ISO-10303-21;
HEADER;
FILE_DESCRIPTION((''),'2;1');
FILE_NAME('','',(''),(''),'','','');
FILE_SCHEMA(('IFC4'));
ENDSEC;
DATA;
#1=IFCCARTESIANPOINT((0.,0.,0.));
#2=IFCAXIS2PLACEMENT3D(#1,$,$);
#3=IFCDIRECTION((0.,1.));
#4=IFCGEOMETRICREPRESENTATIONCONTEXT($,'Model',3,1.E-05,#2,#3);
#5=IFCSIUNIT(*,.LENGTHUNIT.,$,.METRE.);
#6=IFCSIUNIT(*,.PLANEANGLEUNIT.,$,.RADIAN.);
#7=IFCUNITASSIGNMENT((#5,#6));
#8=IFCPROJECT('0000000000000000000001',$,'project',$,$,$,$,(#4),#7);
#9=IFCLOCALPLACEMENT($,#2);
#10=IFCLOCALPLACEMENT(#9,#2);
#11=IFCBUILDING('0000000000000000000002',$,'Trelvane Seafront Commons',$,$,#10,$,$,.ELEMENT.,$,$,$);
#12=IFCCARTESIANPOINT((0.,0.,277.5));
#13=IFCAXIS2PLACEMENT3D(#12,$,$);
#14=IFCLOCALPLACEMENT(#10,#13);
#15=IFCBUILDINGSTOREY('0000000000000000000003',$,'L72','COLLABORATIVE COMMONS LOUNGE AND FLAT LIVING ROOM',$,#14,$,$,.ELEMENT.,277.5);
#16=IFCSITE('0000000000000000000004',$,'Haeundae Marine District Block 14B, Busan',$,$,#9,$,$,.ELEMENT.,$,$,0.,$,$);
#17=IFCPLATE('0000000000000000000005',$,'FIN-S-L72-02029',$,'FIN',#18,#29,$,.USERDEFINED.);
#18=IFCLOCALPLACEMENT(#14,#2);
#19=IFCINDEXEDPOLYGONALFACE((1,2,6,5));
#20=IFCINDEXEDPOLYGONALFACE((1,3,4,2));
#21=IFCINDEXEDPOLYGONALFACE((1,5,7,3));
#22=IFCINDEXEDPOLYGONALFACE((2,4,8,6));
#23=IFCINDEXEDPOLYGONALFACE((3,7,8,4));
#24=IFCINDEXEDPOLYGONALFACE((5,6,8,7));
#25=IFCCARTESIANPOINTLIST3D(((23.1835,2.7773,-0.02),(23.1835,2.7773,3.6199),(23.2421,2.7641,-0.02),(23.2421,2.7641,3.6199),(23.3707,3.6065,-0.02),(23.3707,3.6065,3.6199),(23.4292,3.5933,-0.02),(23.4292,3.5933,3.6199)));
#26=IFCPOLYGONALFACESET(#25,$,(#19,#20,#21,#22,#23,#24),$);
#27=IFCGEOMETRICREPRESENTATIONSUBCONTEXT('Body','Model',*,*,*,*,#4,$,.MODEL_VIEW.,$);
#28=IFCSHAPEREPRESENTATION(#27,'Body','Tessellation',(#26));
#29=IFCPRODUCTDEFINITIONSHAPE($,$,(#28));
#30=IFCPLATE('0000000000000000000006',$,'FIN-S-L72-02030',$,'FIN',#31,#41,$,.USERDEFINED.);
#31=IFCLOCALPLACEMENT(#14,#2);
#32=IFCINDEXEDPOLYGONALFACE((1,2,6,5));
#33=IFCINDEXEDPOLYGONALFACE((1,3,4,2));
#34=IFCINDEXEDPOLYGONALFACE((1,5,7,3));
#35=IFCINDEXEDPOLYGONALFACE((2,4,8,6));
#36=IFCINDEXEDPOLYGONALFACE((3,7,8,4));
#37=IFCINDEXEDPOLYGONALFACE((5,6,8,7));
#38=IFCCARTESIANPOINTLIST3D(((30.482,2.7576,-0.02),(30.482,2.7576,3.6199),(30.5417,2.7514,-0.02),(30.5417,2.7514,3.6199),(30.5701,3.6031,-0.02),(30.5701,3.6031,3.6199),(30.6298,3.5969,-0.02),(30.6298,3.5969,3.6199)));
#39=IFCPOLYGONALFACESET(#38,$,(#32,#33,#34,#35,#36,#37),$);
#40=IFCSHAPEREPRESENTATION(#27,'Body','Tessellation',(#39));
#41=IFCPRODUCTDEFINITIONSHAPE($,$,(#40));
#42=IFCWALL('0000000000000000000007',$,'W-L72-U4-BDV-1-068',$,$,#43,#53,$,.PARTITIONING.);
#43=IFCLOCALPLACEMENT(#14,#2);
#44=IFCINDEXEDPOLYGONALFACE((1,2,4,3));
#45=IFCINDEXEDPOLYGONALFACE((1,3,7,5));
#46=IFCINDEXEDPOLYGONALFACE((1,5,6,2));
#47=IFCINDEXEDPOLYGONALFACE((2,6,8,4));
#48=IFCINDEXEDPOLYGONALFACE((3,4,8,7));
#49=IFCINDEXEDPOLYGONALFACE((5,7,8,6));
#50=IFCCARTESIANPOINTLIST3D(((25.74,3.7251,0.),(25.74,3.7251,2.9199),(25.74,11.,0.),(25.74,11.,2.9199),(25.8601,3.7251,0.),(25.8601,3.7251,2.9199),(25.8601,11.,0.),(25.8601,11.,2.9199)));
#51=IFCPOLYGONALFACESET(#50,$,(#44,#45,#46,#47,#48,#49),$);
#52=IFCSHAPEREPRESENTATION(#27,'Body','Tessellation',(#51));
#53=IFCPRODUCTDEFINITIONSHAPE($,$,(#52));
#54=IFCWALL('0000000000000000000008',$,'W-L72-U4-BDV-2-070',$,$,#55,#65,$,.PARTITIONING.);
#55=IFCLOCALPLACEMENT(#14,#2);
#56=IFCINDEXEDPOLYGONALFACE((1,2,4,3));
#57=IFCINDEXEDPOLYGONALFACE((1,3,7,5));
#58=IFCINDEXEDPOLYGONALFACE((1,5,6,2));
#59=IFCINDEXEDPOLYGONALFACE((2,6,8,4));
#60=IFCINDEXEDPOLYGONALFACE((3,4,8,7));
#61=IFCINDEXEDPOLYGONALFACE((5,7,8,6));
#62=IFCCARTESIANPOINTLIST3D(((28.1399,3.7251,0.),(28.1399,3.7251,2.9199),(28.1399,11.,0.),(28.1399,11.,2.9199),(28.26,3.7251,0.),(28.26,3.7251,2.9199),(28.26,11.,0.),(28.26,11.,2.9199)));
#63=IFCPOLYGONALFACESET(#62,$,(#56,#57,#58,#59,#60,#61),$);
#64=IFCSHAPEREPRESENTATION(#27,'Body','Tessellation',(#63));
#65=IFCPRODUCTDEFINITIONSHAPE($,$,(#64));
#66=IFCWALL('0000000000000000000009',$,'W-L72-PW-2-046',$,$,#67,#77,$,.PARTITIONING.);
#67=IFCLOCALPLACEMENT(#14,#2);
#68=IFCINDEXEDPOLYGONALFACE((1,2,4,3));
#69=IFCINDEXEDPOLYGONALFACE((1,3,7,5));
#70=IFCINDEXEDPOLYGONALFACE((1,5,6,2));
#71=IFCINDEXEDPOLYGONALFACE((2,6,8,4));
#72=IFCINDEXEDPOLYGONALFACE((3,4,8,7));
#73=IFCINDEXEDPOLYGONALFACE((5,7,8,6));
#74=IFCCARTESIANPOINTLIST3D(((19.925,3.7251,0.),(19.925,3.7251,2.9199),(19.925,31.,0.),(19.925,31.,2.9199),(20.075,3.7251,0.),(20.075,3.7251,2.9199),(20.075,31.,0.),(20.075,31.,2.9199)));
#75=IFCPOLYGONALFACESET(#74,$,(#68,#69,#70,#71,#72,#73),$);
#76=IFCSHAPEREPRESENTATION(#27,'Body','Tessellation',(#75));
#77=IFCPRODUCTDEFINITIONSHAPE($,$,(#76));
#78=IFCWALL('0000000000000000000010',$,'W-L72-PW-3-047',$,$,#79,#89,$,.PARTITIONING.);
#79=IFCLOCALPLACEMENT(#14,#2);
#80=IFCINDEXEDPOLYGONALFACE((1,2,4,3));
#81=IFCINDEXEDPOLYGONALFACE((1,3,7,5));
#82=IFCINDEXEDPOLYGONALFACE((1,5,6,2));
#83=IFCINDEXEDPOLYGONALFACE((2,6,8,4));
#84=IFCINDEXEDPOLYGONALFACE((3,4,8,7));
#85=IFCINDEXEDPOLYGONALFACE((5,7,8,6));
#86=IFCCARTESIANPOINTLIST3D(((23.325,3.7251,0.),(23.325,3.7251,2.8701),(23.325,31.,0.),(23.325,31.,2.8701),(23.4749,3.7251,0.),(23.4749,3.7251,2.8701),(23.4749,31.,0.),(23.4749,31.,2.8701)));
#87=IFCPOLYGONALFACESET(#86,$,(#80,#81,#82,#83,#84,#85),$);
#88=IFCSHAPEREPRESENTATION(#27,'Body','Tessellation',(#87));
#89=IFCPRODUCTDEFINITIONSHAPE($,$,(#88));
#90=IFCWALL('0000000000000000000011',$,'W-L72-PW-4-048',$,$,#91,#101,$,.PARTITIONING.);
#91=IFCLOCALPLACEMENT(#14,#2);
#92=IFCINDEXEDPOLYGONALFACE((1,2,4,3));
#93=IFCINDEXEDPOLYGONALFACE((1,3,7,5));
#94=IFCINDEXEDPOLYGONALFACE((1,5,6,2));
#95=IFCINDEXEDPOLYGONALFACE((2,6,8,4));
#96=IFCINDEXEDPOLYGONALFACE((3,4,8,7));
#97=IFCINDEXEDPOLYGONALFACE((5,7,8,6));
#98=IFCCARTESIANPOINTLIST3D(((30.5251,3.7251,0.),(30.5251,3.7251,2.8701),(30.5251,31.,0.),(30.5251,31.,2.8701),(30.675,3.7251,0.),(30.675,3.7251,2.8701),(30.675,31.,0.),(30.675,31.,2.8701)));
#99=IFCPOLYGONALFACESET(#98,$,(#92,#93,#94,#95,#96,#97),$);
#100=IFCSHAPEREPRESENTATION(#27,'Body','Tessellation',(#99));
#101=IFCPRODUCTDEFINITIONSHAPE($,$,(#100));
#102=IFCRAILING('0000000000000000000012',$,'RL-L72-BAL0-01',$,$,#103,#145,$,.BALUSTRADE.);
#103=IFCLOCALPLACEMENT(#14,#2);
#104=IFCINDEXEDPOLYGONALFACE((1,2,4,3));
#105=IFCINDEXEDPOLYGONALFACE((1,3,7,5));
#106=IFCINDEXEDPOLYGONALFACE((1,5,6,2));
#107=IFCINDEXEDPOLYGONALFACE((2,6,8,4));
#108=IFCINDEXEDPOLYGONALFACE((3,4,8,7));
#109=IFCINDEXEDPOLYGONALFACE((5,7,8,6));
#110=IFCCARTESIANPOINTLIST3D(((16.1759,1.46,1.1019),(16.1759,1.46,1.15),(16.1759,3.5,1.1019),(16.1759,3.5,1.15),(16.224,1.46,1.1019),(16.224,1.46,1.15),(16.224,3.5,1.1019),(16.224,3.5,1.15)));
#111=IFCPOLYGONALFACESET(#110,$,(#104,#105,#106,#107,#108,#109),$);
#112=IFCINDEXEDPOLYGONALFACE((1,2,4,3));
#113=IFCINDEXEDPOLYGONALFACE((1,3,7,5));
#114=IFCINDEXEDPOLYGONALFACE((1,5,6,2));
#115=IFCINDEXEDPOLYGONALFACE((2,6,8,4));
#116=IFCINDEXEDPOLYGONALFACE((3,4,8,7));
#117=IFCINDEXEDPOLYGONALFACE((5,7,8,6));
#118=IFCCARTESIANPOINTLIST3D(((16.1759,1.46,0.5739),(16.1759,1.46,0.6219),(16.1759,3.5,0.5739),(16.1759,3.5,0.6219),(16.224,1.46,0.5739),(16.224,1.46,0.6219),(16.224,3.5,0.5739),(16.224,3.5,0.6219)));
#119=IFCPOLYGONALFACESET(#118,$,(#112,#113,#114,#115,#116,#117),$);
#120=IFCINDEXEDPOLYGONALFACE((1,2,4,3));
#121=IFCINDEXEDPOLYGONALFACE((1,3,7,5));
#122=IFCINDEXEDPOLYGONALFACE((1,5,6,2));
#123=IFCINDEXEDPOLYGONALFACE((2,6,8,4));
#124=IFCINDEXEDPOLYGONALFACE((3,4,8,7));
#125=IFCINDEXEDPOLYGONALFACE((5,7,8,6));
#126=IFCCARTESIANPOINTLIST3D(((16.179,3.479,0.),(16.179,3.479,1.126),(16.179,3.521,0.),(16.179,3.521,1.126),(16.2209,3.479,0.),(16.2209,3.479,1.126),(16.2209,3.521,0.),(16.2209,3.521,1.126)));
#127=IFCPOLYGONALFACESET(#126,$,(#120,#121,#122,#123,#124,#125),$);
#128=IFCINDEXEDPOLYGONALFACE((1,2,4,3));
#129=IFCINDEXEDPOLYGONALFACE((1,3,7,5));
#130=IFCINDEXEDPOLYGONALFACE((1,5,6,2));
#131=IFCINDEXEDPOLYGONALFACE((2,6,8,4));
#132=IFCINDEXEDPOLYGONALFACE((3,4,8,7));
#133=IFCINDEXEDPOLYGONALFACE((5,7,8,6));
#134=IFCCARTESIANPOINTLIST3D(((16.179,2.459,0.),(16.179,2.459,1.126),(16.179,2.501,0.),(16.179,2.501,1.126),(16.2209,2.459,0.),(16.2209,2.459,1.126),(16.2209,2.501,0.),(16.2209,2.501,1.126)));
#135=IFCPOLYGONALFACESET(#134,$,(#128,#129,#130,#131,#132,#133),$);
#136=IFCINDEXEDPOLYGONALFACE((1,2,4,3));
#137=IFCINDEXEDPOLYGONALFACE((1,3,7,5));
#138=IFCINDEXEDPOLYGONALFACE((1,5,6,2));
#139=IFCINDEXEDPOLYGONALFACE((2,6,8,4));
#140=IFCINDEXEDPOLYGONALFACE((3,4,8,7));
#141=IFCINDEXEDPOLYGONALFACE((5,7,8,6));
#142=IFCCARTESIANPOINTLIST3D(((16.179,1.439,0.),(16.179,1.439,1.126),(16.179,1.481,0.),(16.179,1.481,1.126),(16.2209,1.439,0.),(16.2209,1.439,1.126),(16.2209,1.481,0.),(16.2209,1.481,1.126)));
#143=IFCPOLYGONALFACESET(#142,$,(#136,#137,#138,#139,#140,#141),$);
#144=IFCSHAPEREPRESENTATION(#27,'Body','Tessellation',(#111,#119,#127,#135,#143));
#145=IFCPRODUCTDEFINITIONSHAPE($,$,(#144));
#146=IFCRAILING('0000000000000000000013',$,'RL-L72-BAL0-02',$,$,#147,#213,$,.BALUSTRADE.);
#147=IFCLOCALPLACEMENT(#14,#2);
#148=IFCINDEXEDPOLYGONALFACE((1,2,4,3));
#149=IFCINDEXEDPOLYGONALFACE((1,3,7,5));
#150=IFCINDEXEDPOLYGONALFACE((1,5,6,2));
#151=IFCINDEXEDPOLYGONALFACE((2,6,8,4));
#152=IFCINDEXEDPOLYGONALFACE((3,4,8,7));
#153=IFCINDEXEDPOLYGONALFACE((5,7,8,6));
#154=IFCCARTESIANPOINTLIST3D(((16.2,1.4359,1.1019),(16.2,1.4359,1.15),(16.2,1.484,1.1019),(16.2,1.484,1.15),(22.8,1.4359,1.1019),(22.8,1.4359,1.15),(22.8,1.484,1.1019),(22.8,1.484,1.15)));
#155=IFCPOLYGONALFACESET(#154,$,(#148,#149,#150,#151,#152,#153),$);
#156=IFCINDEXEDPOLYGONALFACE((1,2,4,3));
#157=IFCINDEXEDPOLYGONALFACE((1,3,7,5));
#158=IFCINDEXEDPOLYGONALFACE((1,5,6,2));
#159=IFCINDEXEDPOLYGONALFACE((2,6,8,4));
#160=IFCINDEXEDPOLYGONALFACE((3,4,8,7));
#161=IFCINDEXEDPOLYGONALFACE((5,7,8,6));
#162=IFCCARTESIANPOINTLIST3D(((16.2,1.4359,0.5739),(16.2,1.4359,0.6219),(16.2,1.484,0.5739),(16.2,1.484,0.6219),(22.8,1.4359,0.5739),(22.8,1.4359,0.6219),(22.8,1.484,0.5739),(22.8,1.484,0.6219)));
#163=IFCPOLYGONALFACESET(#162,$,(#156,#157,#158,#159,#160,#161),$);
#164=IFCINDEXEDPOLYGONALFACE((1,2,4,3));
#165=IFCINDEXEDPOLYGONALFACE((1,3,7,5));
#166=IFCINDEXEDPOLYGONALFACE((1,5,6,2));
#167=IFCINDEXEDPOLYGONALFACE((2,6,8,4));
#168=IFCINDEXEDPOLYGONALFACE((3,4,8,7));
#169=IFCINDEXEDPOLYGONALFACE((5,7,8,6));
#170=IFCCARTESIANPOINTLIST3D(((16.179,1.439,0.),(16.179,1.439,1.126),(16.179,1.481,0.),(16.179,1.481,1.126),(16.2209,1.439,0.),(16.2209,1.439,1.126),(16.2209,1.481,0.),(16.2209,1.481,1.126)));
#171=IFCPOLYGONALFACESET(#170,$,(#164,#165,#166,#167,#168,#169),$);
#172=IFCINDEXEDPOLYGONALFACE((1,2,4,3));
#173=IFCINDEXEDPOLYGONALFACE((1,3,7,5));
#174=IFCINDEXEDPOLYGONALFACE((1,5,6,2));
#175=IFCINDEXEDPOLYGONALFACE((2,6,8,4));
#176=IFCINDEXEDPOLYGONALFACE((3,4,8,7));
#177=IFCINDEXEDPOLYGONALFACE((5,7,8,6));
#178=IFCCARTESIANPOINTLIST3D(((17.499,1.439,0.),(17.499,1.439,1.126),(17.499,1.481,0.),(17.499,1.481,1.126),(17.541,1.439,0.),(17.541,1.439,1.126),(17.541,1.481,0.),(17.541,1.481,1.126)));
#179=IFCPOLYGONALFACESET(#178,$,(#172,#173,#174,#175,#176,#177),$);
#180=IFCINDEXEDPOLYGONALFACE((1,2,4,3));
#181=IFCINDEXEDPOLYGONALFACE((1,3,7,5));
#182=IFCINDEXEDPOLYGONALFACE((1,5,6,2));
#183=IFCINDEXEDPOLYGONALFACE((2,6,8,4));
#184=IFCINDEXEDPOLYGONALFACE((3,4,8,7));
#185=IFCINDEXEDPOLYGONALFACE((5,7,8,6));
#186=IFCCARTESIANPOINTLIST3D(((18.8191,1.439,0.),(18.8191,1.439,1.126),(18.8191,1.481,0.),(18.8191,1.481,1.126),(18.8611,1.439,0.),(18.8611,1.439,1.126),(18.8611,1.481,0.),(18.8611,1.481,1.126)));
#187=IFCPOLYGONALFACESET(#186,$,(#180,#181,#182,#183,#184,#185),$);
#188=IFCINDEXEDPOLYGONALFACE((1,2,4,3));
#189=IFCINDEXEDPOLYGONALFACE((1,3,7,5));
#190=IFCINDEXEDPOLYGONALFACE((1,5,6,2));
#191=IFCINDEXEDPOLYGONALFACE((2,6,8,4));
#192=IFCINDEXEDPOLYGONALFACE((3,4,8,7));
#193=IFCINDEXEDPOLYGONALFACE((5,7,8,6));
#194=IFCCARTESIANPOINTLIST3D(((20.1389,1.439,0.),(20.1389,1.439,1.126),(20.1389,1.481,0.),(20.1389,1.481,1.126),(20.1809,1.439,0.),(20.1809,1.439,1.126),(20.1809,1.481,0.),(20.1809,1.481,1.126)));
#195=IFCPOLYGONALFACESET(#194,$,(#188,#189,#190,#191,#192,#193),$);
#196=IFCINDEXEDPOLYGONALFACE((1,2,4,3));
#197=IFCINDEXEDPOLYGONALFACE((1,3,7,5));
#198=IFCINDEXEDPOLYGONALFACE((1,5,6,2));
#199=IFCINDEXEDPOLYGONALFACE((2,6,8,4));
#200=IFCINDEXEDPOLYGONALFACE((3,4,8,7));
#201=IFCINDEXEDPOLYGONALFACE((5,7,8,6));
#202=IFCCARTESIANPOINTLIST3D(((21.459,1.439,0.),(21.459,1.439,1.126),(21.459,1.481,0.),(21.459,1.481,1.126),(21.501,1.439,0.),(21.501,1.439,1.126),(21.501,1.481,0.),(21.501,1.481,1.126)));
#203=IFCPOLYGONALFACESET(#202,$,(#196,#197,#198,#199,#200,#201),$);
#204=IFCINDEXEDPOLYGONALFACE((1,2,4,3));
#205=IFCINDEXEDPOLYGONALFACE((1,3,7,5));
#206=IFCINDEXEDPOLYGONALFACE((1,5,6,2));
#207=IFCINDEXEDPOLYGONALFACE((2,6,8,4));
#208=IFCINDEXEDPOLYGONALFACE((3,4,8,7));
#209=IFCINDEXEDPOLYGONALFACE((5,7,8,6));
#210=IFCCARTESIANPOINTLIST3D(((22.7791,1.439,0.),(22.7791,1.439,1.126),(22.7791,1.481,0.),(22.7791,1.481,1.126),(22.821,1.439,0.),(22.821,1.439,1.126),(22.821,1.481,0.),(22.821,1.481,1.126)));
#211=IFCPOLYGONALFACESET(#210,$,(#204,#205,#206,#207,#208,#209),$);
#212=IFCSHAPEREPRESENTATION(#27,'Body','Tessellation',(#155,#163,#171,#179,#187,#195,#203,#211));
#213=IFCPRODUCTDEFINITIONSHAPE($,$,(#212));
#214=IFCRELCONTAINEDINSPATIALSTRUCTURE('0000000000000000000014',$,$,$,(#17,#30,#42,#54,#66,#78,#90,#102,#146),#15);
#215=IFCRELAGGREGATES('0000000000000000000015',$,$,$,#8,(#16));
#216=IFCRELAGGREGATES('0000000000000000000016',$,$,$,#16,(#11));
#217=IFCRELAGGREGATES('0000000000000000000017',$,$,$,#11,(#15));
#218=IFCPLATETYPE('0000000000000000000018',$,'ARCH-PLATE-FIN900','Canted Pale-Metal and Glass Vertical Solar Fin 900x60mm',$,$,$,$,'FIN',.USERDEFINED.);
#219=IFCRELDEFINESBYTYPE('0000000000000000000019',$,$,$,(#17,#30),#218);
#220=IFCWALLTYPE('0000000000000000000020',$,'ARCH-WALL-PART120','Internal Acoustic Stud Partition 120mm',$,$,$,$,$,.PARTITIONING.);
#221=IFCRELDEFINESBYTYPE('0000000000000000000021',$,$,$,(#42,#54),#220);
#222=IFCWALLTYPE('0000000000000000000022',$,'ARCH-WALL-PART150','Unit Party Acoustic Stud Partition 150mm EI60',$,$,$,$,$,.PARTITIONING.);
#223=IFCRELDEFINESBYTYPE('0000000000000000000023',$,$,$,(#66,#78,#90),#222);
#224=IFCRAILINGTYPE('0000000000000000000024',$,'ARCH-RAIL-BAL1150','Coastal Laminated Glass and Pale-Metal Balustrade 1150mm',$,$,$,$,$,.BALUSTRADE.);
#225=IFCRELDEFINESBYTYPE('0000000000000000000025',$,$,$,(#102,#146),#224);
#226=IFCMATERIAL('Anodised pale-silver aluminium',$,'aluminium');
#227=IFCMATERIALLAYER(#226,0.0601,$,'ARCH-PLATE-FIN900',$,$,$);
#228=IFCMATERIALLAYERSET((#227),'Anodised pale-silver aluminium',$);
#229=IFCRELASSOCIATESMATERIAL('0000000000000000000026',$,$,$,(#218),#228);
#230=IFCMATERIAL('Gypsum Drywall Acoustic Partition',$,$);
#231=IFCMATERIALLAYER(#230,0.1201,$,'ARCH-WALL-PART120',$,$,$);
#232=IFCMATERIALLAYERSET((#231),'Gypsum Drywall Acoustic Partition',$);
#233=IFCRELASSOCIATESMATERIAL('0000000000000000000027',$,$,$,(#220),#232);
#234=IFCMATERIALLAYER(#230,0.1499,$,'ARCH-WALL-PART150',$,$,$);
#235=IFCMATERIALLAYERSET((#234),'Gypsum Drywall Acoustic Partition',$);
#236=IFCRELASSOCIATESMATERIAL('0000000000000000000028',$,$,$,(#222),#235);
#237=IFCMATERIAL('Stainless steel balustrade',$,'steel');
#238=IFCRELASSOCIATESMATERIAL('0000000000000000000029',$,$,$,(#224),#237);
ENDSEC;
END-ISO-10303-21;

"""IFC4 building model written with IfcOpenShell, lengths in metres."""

from ifc_helpers import new_model, si_unit, direction, frame, frame_2d, origin, origin_2d, place, context, subcontext, project, spatial, rectangle, extrude, source, transform, mapped, material, layer, layer_set, type_object, element, save


model = new_model("IFC4")

# Units and contexts
model_context = context("Model", 3, precision=1e-05, world=origin(), true_north=direction((0.0, 1.0)))
body_context = subcontext(model_context, "Body", "Model", "MODEL_VIEW")
ifc_project = project(units=[si_unit("LENGTHUNIT", "METRE"), si_unit("PLANEANGLEUNIT", "RADIAN")], contexts=[model_context])

# Site, building, storey
site_placement = place(None, origin())
site = spatial("IfcSite", under=ifc_project, at=site_placement, Name="Haeundae Marine District Block 14B, Busan", CompositionType="ELEMENT", RefElevation=0.0)
building_placement = place(site_placement, origin())
building = spatial("IfcBuilding", under=site, at=building_placement, Name="Trelvane Seafront Commons", CompositionType="ELEMENT")
storey_placement = place(building_placement, frame((0.0, 0.0, 277.5)))
storey = spatial("IfcBuildingStorey", under=building, at=storey_placement, Name="L72", Description="COLLABORATIVE COMMONS LOUNGE AND FLAT LIVING ROOM", CompositionType="ELEMENT", Elevation=277.5)

# Plates
ifc_material_1 = material(Name="Anodised pale-silver aluminium", Category="aluminium")
ifc_layer_1 = layer(ifc_material_1, 0.0601, Name="ARCH-PLATE-FIN900")
ifc_layer_set_1 = layer_set([ifc_layer_1], Name="Anodised pale-silver aluminium")
plate_type_1 = type_object("IfcPlateType", Name="ARCH-PLATE-FIN900", Description="Canted Pale-Metal and Glass Vertical Solar Fin 900x60mm", ElementType="FIN", PredefinedType="USERDEFINED", material=ifc_layer_set_1)
shared_shape_1 = source(origin(), body_context, "Body", "SweptSolid", [
    extrude(rectangle(XDim=0.8501, YDim=0.0601, at=origin_2d()), origin(), (0.0, 0.0, 1.0), 3.6399),
])
for number, where, z_axis, x_axis, name in (
    (1, (23.3064, 3.1853, -0.02), (0.0, 0.0, 1.0), (-0.220105, -0.975476, 0.0), "FIN-S-L72-02029"),
    (2, (30.5559, 3.1772, -0.02), (0.0, 0.0, 1.0), (-0.10365, -0.994614, 0.0), "FIN-S-L72-02030"),
):
    element("IfcPlate", number, at=place(storey_placement, frame(where, z_axis=z_axis, x_axis=x_axis)), inside=storey, type_object=plate_type_1, Name=name, ObjectType="FIN", PredefinedType="USERDEFINED", context=body_context, shape_type="MappedRepresentation", body=[
        mapped(shared_shape_1, transform((0.0, 0.0, 0.0), x_axis=(1.0, 0.0, 0.0), y_axis=(0.0, 1.0, 0.0), z_axis=(0.0, 0.0, 1.0), scale=1.0)),
    ])

# Shared definitions
ifc_material_2 = material(Name="Gypsum Drywall Acoustic Partition")
ifc_layer_2 = layer(ifc_material_2, 0.1201, Name="ARCH-WALL-PART120")
ifc_layer_set_2 = layer_set([ifc_layer_2], Name="Gypsum Drywall Acoustic Partition")
wall_type_1 = type_object("IfcWallType", Name="ARCH-WALL-PART120", Description="Internal Acoustic Stud Partition 120mm", PredefinedType="PARTITIONING", material=ifc_layer_set_2)

# Wall
wall_1_placement = place(storey_placement, frame((25.8, 3.7251, 0.0), z_axis=(0.0, 0.0, 1.0), x_axis=(0.0, 1.0, 0.0)))
element("IfcWall", 3, at=wall_1_placement, inside=storey, type_object=wall_type_1, Name="W-L72-U4-BDV-1-068", PredefinedType="PARTITIONING", context=body_context, shape_type="SweptSolid", body=[
    extrude(rectangle(XDim=7.2749, YDim=0.1201, at=frame_2d((3.6375, 0.0))), origin(), (0.0, 0.0, 1.0), 2.9199),
])

# Walls
wall_2_placement = place(storey_placement, frame((28.2, 3.7251, 0.0), z_axis=(0.0, 0.0, 1.0), x_axis=(0.0, 1.0, 0.0)))
element("IfcWall", 4, at=wall_2_placement, inside=storey, type_object=wall_type_1, Name="W-L72-U4-BDV-2-070", PredefinedType="PARTITIONING", context=body_context, shape_type="SweptSolid", body=[
    extrude(rectangle(XDim=7.2749, YDim=0.1201, at=frame_2d((3.6375, 0.0))), origin(), (0.0, 0.0, 1.0), 2.9199),
])
ifc_layer_3 = layer(ifc_material_2, 0.1499, Name="ARCH-WALL-PART150")
ifc_layer_set_3 = layer_set([ifc_layer_3], Name="Gypsum Drywall Acoustic Partition")
wall_type_2 = type_object("IfcWallType", Name="ARCH-WALL-PART150", Description="Unit Party Acoustic Stud Partition 150mm EI60", PredefinedType="PARTITIONING", material=ifc_layer_set_3)
wall_3_placement = place(storey_placement, frame((20.0, 3.7251, 0.0), z_axis=(0.0, 0.0, 1.0), x_axis=(0.0, 1.0, 0.0)))
element("IfcWall", 5, at=wall_3_placement, inside=storey, type_object=wall_type_2, Name="W-L72-PW-2-046", PredefinedType="PARTITIONING", context=body_context, shape_type="SweptSolid", body=[
    extrude(rectangle(XDim=27.2749, YDim=0.1499, at=frame_2d((13.6375, 0.0))), origin(), (0.0, 0.0, 1.0), 2.9199),
])
for number, where, z_axis, x_axis, name in (
    (6, (23.3999, 3.7251, 0.0), (0.0, 0.0, 1.0), (0.0, 1.0, 0.0), "W-L72-PW-3-047"),
    (7, (30.6001, 3.7251, 0.0), (0.0, 0.0, 1.0), (0.0, 1.0, 0.0), "W-L72-PW-4-048"),
):
    element("IfcWall", number, at=place(storey_placement, frame(where, z_axis=z_axis, x_axis=x_axis)), inside=storey, type_object=wall_type_2, Name=name, PredefinedType="PARTITIONING", context=body_context, shape_type="SweptSolid", body=[
        extrude(rectangle(XDim=27.2749, YDim=0.1499, at=frame_2d((13.6375, 0.0))), origin(), (0.0, 0.0, 1.0), 2.8701),
    ])

# Railings
ifc_material_3 = material(Name="Stainless steel balustrade", Category="steel")
railing_type = type_object("IfcRailingType", Name="ARCH-RAIL-BAL1150", Description="Coastal Laminated Glass and Pale-Metal Balustrade 1150mm", PredefinedType="BALUSTRADE", material=ifc_material_3)
railing_1_placement = place(storey_placement, frame((16.2, 3.5, 0.0)))
element("IfcRailing", 8, at=railing_1_placement, inside=storey, type_object=railing_type, Name="RL-L72-BAL0-01", PredefinedType="BALUSTRADE", context=body_context, shape_type="SweptSolid", body=[
    extrude(rectangle(XDim=0.0481, YDim=0.0481, at=origin_2d()), frame((0.0, 0.0, 1.126), z_axis=(0.0, -1.0, 0.0), x_axis=(1.0, 0.0, 0.0)), (0.0, 0.0, 1.0), 2.04),
    extrude(rectangle(XDim=0.0481, YDim=0.0481, at=origin_2d()), frame((0.0, 0.0, 0.5979), z_axis=(0.0, -1.0, 0.0), x_axis=(1.0, 0.0, 0.0)), (0.0, 0.0, 1.0), 2.04),
    extrude(rectangle(XDim=0.042, YDim=0.042, at=origin_2d()), origin(), (0.0, 0.0, 1.0), 1.126),
    extrude(rectangle(XDim=0.042, YDim=0.042, at=origin_2d()), frame((0.0, -1.02, 0.0)), (0.0, 0.0, 1.0), 1.126),
    extrude(rectangle(XDim=0.042, YDim=0.042, at=origin_2d()), frame((0.0, -2.04, 0.0)), (0.0, 0.0, 1.0), 1.126),
])
railing_2_placement = place(storey_placement, frame((16.2, 1.46, 0.0)))
element("IfcRailing", 9, at=railing_2_placement, inside=storey, type_object=railing_type, Name="RL-L72-BAL0-02", PredefinedType="BALUSTRADE", context=body_context, shape_type="SweptSolid", body=[
    extrude(rectangle(XDim=0.0481, YDim=0.0481, at=origin_2d()), frame((0.0, 0.0, 1.126), z_axis=(1.0, 0.0, 0.0), x_axis=(0.0, 1.0, 0.0)), (0.0, 0.0, 1.0), 6.6001),
    extrude(rectangle(XDim=0.0481, YDim=0.0481, at=origin_2d()), frame((0.0, 0.0, 0.5979), z_axis=(1.0, 0.0, 0.0), x_axis=(0.0, 1.0, 0.0)), (0.0, 0.0, 1.0), 6.6001),
    extrude(rectangle(XDim=0.042, YDim=0.042, at=origin_2d()), origin(), (0.0, 0.0, 1.0), 1.126),
    extrude(rectangle(XDim=0.042, YDim=0.042, at=origin_2d()), frame((1.3201, 0.0, 0.0)), (0.0, 0.0, 1.0), 1.126),
    extrude(rectangle(XDim=0.042, YDim=0.042, at=origin_2d()), frame((2.6401, 0.0, 0.0)), (0.0, 0.0, 1.0), 1.126),
    extrude(rectangle(XDim=0.042, YDim=0.042, at=origin_2d()), frame((3.96, 0.0, 0.0)), (0.0, 0.0, 1.0), 1.126),
    extrude(rectangle(XDim=0.042, YDim=0.042, at=origin_2d()), frame((5.28, 0.0, 0.0)), (0.0, 0.0, 1.0), 1.126),
    extrude(rectangle(XDim=0.042, YDim=0.042, at=origin_2d()), frame((6.6001, 0.0, 0.0)), (0.0, 0.0, 1.0), 1.126),
])

save(model, "model.ifc")
